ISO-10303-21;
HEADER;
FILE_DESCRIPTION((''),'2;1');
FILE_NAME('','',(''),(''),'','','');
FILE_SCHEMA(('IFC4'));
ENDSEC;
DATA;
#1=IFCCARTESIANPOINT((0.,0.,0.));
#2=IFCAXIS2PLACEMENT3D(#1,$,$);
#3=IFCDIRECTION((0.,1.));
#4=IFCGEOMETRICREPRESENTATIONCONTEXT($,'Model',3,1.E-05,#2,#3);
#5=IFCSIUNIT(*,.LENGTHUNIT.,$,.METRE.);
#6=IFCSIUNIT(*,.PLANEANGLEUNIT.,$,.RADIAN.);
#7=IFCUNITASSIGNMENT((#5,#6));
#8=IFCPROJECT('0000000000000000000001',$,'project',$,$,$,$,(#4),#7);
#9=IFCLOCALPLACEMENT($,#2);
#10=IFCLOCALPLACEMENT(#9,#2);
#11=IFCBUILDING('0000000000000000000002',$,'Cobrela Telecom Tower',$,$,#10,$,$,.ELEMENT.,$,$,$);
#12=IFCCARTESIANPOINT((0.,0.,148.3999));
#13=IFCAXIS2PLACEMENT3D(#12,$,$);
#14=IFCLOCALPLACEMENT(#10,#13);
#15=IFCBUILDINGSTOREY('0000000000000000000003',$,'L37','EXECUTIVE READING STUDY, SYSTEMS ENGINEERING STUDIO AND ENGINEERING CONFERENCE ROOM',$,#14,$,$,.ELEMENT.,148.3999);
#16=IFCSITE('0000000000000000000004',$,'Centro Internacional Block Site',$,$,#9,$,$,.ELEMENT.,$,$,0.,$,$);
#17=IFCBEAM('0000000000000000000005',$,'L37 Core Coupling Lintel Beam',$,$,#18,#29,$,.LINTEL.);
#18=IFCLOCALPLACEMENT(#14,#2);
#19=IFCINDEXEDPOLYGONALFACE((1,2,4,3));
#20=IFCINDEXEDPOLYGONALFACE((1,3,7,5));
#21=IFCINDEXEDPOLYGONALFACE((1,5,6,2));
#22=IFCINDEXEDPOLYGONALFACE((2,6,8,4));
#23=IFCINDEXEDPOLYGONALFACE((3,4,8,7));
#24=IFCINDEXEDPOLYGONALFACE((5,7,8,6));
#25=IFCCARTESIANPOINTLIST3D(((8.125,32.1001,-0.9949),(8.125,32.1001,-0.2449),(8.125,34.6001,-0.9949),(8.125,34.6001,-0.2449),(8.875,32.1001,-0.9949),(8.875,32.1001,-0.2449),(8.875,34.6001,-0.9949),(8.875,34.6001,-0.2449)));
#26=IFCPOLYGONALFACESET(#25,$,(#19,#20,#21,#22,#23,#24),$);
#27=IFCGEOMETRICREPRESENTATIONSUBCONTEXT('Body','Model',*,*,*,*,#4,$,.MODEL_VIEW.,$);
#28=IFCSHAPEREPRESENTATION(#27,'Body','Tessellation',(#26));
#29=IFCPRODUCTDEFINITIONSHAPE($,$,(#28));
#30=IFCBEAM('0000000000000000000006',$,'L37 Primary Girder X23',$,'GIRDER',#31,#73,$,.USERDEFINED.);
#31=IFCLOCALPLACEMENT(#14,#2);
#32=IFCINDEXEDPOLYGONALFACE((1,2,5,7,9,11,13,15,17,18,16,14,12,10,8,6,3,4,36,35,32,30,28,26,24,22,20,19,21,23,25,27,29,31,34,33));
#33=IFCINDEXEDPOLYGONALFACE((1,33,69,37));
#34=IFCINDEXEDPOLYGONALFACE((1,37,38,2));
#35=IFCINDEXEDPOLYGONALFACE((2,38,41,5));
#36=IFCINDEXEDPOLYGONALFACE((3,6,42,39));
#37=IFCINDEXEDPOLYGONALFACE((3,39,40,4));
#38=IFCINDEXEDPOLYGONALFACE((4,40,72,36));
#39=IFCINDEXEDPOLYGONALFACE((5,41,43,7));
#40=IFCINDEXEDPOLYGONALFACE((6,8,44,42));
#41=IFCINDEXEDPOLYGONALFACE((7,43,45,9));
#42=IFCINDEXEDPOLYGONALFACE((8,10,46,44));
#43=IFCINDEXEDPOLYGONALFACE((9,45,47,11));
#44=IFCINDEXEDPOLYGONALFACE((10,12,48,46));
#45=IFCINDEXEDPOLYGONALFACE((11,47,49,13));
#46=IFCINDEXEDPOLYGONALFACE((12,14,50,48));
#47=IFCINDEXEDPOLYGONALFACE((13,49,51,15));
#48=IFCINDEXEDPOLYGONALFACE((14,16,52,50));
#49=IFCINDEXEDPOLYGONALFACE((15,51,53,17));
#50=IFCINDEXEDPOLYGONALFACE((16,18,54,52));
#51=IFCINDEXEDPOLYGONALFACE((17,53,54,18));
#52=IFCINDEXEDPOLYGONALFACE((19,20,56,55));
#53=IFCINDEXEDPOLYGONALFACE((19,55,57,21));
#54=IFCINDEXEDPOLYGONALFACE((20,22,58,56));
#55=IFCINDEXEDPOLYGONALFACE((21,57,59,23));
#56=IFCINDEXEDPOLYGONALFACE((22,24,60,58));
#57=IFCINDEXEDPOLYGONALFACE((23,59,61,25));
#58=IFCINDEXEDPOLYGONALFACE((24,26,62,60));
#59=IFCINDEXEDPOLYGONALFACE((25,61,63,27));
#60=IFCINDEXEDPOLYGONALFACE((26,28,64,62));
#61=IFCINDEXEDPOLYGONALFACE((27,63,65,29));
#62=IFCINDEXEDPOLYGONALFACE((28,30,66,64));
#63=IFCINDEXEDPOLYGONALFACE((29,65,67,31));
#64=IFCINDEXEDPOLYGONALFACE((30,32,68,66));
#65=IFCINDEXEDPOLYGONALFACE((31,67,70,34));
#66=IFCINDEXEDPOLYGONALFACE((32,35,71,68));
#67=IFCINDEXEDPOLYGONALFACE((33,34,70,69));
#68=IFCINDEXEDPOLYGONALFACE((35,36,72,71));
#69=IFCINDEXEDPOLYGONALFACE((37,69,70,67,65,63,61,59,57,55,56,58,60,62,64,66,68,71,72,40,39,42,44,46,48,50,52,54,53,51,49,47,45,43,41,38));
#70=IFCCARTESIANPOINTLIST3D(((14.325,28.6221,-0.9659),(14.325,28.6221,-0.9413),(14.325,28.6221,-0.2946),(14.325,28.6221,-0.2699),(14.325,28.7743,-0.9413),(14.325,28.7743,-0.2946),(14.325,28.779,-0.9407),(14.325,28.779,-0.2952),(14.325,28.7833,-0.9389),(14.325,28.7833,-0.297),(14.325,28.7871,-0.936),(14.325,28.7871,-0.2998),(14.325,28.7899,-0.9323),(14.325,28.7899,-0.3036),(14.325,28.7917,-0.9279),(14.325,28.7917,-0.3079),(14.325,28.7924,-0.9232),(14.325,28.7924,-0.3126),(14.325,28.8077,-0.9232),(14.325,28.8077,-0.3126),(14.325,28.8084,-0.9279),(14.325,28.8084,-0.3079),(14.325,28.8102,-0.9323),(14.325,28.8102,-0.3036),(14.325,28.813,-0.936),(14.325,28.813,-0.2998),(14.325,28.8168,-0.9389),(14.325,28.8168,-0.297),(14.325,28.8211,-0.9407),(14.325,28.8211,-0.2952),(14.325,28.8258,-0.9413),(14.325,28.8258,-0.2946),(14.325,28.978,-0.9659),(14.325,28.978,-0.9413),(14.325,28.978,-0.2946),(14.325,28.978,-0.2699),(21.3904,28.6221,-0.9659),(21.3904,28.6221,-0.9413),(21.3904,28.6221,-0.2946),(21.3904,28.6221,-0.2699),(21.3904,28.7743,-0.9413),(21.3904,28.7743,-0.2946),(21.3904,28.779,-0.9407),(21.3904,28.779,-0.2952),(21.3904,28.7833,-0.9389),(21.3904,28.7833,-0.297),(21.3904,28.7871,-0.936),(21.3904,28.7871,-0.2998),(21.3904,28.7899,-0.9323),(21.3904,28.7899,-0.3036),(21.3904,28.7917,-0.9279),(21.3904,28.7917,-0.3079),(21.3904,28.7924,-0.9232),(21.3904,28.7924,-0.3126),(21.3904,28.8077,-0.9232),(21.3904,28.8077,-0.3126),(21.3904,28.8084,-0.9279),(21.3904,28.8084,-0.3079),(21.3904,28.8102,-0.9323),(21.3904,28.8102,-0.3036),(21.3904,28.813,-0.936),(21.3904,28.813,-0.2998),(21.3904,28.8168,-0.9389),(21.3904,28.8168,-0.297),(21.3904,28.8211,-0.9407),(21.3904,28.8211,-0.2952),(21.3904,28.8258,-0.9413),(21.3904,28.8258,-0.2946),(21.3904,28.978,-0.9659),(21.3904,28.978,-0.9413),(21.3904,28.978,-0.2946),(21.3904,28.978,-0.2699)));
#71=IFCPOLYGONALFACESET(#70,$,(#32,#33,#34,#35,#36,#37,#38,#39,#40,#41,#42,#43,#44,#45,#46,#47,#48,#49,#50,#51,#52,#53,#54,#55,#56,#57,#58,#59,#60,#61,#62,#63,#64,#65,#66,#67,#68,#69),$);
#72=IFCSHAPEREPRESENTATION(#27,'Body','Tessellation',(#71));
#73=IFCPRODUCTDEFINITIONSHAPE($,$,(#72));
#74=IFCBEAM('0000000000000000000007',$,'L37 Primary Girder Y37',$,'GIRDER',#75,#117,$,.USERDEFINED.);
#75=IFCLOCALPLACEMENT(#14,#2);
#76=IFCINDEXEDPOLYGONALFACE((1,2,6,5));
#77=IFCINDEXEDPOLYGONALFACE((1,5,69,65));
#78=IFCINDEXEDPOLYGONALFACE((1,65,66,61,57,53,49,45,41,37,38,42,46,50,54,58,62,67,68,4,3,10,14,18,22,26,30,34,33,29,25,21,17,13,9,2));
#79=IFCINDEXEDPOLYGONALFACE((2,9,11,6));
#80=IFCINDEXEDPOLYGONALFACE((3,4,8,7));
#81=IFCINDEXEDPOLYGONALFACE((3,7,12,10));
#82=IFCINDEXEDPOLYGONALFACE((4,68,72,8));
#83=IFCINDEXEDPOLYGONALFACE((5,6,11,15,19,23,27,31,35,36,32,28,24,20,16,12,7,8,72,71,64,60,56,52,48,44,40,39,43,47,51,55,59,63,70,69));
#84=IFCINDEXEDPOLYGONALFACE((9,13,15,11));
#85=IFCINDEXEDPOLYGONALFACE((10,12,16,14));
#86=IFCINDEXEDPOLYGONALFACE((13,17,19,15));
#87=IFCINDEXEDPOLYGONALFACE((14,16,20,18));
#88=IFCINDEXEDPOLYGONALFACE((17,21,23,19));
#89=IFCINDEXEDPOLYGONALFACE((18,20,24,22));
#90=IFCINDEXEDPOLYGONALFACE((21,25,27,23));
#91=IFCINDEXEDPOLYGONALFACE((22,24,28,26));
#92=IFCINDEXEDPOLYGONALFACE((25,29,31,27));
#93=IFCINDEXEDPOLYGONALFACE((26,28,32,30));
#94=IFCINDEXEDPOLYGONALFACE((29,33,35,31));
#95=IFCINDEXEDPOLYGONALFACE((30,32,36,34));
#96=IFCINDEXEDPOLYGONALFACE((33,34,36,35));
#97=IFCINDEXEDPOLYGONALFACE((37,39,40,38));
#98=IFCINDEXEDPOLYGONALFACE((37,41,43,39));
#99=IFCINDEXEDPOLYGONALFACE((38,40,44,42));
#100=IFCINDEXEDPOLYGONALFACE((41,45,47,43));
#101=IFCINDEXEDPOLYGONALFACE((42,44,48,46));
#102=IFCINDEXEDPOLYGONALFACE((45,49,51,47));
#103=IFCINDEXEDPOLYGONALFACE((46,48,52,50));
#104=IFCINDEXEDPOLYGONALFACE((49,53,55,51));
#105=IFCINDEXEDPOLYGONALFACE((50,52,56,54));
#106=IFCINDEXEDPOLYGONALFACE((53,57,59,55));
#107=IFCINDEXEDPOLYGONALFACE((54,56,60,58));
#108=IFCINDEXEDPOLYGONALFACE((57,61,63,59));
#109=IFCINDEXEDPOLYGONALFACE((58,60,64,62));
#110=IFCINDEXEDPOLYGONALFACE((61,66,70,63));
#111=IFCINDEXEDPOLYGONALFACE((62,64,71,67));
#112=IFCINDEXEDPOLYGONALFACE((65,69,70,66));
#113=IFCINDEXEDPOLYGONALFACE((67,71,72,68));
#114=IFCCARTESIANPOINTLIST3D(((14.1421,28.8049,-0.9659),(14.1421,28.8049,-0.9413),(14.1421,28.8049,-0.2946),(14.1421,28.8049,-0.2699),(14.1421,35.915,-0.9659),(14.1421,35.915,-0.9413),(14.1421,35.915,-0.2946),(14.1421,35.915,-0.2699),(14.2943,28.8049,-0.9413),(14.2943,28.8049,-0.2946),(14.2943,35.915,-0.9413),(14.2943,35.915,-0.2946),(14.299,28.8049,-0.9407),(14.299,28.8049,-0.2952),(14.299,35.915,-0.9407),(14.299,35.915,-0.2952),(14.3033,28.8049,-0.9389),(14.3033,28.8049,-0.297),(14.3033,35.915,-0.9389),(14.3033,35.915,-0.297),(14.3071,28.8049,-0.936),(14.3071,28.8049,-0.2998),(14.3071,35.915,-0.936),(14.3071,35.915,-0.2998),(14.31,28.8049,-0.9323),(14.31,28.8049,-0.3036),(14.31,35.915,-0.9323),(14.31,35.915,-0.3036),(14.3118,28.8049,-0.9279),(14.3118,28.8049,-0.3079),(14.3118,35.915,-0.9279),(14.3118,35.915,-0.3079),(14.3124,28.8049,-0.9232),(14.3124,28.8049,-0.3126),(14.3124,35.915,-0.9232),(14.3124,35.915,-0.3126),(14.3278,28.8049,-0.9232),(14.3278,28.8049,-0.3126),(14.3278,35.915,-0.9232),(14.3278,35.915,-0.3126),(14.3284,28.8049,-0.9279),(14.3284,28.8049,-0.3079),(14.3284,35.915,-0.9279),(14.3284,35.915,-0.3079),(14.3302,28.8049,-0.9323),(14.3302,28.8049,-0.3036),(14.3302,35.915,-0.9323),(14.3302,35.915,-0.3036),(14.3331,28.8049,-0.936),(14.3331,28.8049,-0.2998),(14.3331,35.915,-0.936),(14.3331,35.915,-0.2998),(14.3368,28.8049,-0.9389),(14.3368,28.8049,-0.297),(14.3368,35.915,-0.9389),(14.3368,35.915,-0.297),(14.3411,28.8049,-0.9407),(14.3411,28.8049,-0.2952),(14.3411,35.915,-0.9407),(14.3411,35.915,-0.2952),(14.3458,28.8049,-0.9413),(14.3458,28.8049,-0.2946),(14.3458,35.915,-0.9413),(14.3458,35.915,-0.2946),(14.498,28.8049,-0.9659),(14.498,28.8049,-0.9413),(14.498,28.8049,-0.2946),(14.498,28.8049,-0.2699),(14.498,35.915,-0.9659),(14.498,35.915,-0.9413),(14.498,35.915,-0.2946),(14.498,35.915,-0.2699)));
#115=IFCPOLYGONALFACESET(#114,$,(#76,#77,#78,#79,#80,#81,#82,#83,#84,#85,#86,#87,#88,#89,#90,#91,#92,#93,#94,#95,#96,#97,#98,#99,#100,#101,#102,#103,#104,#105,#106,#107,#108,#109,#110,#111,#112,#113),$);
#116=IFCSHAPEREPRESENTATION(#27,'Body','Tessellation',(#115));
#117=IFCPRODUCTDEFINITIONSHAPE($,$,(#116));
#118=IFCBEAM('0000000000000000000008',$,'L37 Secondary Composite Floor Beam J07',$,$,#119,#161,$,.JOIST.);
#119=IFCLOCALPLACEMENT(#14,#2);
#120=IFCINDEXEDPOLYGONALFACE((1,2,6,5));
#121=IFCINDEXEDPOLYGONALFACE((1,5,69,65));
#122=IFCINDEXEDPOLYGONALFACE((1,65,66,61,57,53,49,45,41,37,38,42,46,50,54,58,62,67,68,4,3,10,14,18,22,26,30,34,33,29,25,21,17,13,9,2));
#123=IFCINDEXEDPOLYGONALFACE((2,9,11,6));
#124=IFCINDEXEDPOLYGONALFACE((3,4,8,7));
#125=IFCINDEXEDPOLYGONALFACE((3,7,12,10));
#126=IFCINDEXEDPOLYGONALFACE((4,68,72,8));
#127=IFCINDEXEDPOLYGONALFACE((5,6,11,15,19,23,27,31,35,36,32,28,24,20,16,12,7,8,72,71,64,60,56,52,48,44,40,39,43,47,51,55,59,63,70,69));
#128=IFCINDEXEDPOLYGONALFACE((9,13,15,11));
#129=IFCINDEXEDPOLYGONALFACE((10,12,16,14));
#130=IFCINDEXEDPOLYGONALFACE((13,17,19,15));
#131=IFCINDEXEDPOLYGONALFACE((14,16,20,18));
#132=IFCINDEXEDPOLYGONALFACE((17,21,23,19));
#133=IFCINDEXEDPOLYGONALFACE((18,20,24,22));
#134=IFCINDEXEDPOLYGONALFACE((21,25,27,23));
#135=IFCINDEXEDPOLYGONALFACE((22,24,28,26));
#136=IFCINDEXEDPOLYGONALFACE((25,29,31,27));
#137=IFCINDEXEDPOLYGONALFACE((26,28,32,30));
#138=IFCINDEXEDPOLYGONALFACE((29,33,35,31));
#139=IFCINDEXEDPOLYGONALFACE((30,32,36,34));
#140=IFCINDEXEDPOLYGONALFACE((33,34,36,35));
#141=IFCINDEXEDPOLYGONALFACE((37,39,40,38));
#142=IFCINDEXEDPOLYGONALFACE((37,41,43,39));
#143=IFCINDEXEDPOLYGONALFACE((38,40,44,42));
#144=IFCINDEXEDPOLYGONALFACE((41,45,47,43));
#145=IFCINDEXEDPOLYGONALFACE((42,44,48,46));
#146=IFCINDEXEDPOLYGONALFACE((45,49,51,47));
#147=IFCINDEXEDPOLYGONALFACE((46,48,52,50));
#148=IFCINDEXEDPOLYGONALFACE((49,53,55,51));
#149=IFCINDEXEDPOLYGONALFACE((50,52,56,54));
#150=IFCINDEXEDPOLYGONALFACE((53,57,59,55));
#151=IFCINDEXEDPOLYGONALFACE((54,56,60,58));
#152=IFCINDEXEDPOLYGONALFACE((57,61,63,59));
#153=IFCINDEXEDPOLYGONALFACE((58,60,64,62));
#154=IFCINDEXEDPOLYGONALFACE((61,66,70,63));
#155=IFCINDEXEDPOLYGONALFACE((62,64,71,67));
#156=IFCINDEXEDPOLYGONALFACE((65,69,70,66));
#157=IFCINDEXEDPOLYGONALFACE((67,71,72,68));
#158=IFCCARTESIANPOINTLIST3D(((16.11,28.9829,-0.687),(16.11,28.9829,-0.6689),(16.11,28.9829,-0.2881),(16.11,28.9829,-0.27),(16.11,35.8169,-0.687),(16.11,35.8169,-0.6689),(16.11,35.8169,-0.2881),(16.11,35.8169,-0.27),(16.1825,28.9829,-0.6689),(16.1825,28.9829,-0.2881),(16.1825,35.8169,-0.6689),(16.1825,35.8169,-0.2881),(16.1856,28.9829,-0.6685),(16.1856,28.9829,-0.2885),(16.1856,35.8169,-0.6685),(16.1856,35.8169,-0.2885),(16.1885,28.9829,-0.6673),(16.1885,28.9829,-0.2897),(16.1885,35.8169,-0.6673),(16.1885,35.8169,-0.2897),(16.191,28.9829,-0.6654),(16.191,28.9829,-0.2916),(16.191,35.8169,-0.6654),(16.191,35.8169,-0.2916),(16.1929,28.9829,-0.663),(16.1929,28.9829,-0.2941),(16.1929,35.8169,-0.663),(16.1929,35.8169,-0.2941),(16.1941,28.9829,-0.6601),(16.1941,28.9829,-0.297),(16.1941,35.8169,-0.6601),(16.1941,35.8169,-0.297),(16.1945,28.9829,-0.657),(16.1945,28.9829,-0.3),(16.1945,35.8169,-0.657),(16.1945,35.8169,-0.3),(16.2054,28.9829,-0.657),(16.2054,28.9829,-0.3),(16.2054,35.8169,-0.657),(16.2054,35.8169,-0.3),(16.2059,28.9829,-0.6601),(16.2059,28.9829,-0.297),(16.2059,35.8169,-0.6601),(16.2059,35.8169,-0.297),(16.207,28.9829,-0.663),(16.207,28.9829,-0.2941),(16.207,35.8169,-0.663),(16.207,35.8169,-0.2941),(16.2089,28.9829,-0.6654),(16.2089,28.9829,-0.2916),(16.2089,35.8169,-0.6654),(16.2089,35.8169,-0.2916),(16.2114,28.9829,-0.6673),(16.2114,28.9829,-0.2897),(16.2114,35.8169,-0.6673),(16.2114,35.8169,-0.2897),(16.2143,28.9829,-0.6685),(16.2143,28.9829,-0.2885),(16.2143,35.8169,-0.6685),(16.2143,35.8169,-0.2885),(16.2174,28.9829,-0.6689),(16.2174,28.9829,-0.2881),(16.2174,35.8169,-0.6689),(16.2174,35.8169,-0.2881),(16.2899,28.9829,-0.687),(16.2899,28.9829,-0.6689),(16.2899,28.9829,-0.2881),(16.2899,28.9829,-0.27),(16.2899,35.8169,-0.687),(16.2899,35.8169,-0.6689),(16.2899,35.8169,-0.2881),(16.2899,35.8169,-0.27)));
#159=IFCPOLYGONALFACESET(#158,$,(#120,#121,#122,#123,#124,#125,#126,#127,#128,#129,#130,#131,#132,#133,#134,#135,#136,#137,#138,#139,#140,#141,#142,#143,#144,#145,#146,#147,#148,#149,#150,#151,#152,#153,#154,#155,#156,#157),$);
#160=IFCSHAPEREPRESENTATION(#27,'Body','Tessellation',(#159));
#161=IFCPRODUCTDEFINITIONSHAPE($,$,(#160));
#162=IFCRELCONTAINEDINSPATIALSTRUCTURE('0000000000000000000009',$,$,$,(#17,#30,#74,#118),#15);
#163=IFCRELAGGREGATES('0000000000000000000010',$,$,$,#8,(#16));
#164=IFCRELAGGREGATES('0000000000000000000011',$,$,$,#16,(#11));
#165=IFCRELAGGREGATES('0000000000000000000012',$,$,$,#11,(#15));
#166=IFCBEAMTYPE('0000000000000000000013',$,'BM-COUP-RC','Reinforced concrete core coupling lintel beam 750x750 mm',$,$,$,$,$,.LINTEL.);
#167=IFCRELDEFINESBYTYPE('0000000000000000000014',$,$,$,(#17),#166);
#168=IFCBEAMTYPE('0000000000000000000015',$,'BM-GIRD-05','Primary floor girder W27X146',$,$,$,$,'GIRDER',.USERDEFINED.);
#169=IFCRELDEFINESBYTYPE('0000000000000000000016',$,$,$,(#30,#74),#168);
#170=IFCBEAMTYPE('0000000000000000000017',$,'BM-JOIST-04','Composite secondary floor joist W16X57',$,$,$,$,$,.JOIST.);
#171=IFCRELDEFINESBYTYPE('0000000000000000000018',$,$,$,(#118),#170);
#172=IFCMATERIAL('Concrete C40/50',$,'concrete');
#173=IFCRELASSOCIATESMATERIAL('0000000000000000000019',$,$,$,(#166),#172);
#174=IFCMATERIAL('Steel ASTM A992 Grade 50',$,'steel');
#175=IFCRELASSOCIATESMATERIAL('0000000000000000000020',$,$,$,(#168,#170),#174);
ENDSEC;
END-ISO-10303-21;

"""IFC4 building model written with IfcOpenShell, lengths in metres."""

from ifc_helpers import new_model, si_unit, direction, frame, origin, origin_2d, place, context, subcontext, project, spatial, rectangle, i_section, extrude, material, material_profile, profile_set, type_object, element, save


model = new_model("IFC4")

# Units and contexts
model_context = context("Model", 3, precision=1e-05, world=origin(), true_north=direction((0.0, 1.0)))
body_context = subcontext(model_context, "Body", "Model", "MODEL_VIEW")
ifc_project = project(units=[si_unit("LENGTHUNIT", "METRE"), si_unit("PLANEANGLEUNIT", "RADIAN")], contexts=[model_context])

# Site, building, storey
site_placement = place(None, origin())
site = spatial("IfcSite", under=ifc_project, at=site_placement, Name="Centro Internacional Block Site", CompositionType="ELEMENT", RefElevation=0.0)
building_placement = place(site_placement, origin())
building = spatial("IfcBuilding", under=site, at=building_placement, Name="Cobrela Telecom Tower", CompositionType="ELEMENT")
storey_placement = place(building_placement, frame((0.0, 0.0, 148.3999)))
storey = spatial("IfcBuildingStorey", under=building, at=storey_placement, Name="L37", Description="EXECUTIVE READING STUDY, SYSTEMS ENGINEERING STUDIO AND ENGINEERING CONFERENCE ROOM", CompositionType="ELEMENT", Elevation=148.3999)

# Beams
ifc_material_1 = material(Name="Concrete C40/50", Category="concrete")
ifc_material_profile_1 = material_profile(ifc_material_1, rectangle(XDim=0.75, YDim=0.75, at=origin_2d()), Name="RC 750x750")
ifc_profile_set_1 = profile_set([ifc_material_profile_1], Name="Concrete C40/50")
beam_type_1 = type_object("IfcBeamType", Name="BM-COUP-RC", Description="Reinforced concrete core coupling lintel beam 750x750 mm", PredefinedType="LINTEL", material=ifc_profile_set_1)
beam_1_placement = place(storey_placement, frame((8.5, 32.1001, -0.6199), z_axis=(0.0, 1.0, 0.0), x_axis=(-1.0, 0.0, 0.0)))
element("IfcBeam", 1, at=beam_1_placement, inside=storey, type_object=beam_type_1, Name="L37 Core Coupling Lintel Beam", PredefinedType="LINTEL", context=body_context, shape_type="SweptSolid", body=[
    extrude(rectangle(XDim=0.75, YDim=0.75, at=origin_2d()), origin(), (0.0, 0.0, 1.0), 2.5),
])
ifc_material_2 = material(Name="Steel ASTM A992 Grade 50", Category="steel")
ifc_material_profile_2 = material_profile(ifc_material_2, i_section(OverallWidth=0.356, OverallDepth=0.696, WebThickness=0.0154, FlangeThickness=0.0247, FilletRadius=0.0181, at=origin_2d()), Name="W27X146")
ifc_profile_set_2 = profile_set([ifc_material_profile_2], Name="Steel ASTM A992 Grade 50")
beam_type_2 = type_object("IfcBeamType", Name="BM-GIRD-05", Description="Primary floor girder W27X146", ElementType="GIRDER", PredefinedType="USERDEFINED", material=ifc_profile_set_2)
beam_2_placement = place(storey_placement, frame((14.325, 28.8, -0.6179), z_axis=(1.0, 0.0, 0.0), x_axis=(0.0, 1.0, 0.0)))
element("IfcBeam", 2, at=beam_2_placement, inside=storey, type_object=beam_type_2, Name="L37 Primary Girder X23", ObjectType="GIRDER", PredefinedType="USERDEFINED", context=body_context, shape_type="SweptSolid", body=[
    extrude(i_section(OverallWidth=0.356, OverallDepth=0.696, WebThickness=0.0154, FlangeThickness=0.0247, FilletRadius=0.0181, at=origin_2d()), origin(), (0.0, 0.0, 1.0), 7.0654),
])
beam_3_placement = place(storey_placement, frame((14.3201, 28.8049, -0.6179), z_axis=(0.0, 1.0, 0.0), x_axis=(-1.0, 0.0, 0.0)))
element("IfcBeam", 3, at=beam_3_placement, inside=storey, type_object=beam_type_2, Name="L37 Primary Girder Y37", ObjectType="GIRDER", PredefinedType="USERDEFINED", context=body_context, shape_type="SweptSolid", body=[
    extrude(i_section(OverallWidth=0.356, OverallDepth=0.696, WebThickness=0.0154, FlangeThickness=0.0247, FilletRadius=0.0181, at=origin_2d()), origin(), (0.0, 0.0, 1.0), 7.1101),
])
ifc_material_profile_3 = material_profile(ifc_material_2, i_section(OverallWidth=0.1799, OverallDepth=0.417, WebThickness=0.011, FlangeThickness=0.0181, FilletRadius=0.012, at=origin_2d()), Name="W16X57")
ifc_profile_set_3 = profile_set([ifc_material_profile_3], Name="Steel ASTM A992 Grade 50")
beam_type_3 = type_object("IfcBeamType", Name="BM-JOIST-04", Description="Composite secondary floor joist W16X57", PredefinedType="JOIST", material=ifc_profile_set_3)
for number, where, z_axis, x_axis, name in (
    (4, (16.2, 28.9829, -0.4785), (0.0, 1.0, 0.0), (-1.0, 0.0, 0.0), "L37 Secondary Composite Floor Beam J07"),
):
    element("IfcBeam", number, at=place(storey_placement, frame(where, z_axis=z_axis, x_axis=x_axis)), inside=storey, type_object=beam_type_3, Name=name, PredefinedType="JOIST", context=body_context, shape_type="SweptSolid", body=[
        extrude(i_section(OverallWidth=0.1799, OverallDepth=0.417, WebThickness=0.011, FlangeThickness=0.0181, FilletRadius=0.012, at=origin_2d()), origin(), (0.0, 0.0, 1.0), 6.834),
    ])

save(model, "model.ifc")
